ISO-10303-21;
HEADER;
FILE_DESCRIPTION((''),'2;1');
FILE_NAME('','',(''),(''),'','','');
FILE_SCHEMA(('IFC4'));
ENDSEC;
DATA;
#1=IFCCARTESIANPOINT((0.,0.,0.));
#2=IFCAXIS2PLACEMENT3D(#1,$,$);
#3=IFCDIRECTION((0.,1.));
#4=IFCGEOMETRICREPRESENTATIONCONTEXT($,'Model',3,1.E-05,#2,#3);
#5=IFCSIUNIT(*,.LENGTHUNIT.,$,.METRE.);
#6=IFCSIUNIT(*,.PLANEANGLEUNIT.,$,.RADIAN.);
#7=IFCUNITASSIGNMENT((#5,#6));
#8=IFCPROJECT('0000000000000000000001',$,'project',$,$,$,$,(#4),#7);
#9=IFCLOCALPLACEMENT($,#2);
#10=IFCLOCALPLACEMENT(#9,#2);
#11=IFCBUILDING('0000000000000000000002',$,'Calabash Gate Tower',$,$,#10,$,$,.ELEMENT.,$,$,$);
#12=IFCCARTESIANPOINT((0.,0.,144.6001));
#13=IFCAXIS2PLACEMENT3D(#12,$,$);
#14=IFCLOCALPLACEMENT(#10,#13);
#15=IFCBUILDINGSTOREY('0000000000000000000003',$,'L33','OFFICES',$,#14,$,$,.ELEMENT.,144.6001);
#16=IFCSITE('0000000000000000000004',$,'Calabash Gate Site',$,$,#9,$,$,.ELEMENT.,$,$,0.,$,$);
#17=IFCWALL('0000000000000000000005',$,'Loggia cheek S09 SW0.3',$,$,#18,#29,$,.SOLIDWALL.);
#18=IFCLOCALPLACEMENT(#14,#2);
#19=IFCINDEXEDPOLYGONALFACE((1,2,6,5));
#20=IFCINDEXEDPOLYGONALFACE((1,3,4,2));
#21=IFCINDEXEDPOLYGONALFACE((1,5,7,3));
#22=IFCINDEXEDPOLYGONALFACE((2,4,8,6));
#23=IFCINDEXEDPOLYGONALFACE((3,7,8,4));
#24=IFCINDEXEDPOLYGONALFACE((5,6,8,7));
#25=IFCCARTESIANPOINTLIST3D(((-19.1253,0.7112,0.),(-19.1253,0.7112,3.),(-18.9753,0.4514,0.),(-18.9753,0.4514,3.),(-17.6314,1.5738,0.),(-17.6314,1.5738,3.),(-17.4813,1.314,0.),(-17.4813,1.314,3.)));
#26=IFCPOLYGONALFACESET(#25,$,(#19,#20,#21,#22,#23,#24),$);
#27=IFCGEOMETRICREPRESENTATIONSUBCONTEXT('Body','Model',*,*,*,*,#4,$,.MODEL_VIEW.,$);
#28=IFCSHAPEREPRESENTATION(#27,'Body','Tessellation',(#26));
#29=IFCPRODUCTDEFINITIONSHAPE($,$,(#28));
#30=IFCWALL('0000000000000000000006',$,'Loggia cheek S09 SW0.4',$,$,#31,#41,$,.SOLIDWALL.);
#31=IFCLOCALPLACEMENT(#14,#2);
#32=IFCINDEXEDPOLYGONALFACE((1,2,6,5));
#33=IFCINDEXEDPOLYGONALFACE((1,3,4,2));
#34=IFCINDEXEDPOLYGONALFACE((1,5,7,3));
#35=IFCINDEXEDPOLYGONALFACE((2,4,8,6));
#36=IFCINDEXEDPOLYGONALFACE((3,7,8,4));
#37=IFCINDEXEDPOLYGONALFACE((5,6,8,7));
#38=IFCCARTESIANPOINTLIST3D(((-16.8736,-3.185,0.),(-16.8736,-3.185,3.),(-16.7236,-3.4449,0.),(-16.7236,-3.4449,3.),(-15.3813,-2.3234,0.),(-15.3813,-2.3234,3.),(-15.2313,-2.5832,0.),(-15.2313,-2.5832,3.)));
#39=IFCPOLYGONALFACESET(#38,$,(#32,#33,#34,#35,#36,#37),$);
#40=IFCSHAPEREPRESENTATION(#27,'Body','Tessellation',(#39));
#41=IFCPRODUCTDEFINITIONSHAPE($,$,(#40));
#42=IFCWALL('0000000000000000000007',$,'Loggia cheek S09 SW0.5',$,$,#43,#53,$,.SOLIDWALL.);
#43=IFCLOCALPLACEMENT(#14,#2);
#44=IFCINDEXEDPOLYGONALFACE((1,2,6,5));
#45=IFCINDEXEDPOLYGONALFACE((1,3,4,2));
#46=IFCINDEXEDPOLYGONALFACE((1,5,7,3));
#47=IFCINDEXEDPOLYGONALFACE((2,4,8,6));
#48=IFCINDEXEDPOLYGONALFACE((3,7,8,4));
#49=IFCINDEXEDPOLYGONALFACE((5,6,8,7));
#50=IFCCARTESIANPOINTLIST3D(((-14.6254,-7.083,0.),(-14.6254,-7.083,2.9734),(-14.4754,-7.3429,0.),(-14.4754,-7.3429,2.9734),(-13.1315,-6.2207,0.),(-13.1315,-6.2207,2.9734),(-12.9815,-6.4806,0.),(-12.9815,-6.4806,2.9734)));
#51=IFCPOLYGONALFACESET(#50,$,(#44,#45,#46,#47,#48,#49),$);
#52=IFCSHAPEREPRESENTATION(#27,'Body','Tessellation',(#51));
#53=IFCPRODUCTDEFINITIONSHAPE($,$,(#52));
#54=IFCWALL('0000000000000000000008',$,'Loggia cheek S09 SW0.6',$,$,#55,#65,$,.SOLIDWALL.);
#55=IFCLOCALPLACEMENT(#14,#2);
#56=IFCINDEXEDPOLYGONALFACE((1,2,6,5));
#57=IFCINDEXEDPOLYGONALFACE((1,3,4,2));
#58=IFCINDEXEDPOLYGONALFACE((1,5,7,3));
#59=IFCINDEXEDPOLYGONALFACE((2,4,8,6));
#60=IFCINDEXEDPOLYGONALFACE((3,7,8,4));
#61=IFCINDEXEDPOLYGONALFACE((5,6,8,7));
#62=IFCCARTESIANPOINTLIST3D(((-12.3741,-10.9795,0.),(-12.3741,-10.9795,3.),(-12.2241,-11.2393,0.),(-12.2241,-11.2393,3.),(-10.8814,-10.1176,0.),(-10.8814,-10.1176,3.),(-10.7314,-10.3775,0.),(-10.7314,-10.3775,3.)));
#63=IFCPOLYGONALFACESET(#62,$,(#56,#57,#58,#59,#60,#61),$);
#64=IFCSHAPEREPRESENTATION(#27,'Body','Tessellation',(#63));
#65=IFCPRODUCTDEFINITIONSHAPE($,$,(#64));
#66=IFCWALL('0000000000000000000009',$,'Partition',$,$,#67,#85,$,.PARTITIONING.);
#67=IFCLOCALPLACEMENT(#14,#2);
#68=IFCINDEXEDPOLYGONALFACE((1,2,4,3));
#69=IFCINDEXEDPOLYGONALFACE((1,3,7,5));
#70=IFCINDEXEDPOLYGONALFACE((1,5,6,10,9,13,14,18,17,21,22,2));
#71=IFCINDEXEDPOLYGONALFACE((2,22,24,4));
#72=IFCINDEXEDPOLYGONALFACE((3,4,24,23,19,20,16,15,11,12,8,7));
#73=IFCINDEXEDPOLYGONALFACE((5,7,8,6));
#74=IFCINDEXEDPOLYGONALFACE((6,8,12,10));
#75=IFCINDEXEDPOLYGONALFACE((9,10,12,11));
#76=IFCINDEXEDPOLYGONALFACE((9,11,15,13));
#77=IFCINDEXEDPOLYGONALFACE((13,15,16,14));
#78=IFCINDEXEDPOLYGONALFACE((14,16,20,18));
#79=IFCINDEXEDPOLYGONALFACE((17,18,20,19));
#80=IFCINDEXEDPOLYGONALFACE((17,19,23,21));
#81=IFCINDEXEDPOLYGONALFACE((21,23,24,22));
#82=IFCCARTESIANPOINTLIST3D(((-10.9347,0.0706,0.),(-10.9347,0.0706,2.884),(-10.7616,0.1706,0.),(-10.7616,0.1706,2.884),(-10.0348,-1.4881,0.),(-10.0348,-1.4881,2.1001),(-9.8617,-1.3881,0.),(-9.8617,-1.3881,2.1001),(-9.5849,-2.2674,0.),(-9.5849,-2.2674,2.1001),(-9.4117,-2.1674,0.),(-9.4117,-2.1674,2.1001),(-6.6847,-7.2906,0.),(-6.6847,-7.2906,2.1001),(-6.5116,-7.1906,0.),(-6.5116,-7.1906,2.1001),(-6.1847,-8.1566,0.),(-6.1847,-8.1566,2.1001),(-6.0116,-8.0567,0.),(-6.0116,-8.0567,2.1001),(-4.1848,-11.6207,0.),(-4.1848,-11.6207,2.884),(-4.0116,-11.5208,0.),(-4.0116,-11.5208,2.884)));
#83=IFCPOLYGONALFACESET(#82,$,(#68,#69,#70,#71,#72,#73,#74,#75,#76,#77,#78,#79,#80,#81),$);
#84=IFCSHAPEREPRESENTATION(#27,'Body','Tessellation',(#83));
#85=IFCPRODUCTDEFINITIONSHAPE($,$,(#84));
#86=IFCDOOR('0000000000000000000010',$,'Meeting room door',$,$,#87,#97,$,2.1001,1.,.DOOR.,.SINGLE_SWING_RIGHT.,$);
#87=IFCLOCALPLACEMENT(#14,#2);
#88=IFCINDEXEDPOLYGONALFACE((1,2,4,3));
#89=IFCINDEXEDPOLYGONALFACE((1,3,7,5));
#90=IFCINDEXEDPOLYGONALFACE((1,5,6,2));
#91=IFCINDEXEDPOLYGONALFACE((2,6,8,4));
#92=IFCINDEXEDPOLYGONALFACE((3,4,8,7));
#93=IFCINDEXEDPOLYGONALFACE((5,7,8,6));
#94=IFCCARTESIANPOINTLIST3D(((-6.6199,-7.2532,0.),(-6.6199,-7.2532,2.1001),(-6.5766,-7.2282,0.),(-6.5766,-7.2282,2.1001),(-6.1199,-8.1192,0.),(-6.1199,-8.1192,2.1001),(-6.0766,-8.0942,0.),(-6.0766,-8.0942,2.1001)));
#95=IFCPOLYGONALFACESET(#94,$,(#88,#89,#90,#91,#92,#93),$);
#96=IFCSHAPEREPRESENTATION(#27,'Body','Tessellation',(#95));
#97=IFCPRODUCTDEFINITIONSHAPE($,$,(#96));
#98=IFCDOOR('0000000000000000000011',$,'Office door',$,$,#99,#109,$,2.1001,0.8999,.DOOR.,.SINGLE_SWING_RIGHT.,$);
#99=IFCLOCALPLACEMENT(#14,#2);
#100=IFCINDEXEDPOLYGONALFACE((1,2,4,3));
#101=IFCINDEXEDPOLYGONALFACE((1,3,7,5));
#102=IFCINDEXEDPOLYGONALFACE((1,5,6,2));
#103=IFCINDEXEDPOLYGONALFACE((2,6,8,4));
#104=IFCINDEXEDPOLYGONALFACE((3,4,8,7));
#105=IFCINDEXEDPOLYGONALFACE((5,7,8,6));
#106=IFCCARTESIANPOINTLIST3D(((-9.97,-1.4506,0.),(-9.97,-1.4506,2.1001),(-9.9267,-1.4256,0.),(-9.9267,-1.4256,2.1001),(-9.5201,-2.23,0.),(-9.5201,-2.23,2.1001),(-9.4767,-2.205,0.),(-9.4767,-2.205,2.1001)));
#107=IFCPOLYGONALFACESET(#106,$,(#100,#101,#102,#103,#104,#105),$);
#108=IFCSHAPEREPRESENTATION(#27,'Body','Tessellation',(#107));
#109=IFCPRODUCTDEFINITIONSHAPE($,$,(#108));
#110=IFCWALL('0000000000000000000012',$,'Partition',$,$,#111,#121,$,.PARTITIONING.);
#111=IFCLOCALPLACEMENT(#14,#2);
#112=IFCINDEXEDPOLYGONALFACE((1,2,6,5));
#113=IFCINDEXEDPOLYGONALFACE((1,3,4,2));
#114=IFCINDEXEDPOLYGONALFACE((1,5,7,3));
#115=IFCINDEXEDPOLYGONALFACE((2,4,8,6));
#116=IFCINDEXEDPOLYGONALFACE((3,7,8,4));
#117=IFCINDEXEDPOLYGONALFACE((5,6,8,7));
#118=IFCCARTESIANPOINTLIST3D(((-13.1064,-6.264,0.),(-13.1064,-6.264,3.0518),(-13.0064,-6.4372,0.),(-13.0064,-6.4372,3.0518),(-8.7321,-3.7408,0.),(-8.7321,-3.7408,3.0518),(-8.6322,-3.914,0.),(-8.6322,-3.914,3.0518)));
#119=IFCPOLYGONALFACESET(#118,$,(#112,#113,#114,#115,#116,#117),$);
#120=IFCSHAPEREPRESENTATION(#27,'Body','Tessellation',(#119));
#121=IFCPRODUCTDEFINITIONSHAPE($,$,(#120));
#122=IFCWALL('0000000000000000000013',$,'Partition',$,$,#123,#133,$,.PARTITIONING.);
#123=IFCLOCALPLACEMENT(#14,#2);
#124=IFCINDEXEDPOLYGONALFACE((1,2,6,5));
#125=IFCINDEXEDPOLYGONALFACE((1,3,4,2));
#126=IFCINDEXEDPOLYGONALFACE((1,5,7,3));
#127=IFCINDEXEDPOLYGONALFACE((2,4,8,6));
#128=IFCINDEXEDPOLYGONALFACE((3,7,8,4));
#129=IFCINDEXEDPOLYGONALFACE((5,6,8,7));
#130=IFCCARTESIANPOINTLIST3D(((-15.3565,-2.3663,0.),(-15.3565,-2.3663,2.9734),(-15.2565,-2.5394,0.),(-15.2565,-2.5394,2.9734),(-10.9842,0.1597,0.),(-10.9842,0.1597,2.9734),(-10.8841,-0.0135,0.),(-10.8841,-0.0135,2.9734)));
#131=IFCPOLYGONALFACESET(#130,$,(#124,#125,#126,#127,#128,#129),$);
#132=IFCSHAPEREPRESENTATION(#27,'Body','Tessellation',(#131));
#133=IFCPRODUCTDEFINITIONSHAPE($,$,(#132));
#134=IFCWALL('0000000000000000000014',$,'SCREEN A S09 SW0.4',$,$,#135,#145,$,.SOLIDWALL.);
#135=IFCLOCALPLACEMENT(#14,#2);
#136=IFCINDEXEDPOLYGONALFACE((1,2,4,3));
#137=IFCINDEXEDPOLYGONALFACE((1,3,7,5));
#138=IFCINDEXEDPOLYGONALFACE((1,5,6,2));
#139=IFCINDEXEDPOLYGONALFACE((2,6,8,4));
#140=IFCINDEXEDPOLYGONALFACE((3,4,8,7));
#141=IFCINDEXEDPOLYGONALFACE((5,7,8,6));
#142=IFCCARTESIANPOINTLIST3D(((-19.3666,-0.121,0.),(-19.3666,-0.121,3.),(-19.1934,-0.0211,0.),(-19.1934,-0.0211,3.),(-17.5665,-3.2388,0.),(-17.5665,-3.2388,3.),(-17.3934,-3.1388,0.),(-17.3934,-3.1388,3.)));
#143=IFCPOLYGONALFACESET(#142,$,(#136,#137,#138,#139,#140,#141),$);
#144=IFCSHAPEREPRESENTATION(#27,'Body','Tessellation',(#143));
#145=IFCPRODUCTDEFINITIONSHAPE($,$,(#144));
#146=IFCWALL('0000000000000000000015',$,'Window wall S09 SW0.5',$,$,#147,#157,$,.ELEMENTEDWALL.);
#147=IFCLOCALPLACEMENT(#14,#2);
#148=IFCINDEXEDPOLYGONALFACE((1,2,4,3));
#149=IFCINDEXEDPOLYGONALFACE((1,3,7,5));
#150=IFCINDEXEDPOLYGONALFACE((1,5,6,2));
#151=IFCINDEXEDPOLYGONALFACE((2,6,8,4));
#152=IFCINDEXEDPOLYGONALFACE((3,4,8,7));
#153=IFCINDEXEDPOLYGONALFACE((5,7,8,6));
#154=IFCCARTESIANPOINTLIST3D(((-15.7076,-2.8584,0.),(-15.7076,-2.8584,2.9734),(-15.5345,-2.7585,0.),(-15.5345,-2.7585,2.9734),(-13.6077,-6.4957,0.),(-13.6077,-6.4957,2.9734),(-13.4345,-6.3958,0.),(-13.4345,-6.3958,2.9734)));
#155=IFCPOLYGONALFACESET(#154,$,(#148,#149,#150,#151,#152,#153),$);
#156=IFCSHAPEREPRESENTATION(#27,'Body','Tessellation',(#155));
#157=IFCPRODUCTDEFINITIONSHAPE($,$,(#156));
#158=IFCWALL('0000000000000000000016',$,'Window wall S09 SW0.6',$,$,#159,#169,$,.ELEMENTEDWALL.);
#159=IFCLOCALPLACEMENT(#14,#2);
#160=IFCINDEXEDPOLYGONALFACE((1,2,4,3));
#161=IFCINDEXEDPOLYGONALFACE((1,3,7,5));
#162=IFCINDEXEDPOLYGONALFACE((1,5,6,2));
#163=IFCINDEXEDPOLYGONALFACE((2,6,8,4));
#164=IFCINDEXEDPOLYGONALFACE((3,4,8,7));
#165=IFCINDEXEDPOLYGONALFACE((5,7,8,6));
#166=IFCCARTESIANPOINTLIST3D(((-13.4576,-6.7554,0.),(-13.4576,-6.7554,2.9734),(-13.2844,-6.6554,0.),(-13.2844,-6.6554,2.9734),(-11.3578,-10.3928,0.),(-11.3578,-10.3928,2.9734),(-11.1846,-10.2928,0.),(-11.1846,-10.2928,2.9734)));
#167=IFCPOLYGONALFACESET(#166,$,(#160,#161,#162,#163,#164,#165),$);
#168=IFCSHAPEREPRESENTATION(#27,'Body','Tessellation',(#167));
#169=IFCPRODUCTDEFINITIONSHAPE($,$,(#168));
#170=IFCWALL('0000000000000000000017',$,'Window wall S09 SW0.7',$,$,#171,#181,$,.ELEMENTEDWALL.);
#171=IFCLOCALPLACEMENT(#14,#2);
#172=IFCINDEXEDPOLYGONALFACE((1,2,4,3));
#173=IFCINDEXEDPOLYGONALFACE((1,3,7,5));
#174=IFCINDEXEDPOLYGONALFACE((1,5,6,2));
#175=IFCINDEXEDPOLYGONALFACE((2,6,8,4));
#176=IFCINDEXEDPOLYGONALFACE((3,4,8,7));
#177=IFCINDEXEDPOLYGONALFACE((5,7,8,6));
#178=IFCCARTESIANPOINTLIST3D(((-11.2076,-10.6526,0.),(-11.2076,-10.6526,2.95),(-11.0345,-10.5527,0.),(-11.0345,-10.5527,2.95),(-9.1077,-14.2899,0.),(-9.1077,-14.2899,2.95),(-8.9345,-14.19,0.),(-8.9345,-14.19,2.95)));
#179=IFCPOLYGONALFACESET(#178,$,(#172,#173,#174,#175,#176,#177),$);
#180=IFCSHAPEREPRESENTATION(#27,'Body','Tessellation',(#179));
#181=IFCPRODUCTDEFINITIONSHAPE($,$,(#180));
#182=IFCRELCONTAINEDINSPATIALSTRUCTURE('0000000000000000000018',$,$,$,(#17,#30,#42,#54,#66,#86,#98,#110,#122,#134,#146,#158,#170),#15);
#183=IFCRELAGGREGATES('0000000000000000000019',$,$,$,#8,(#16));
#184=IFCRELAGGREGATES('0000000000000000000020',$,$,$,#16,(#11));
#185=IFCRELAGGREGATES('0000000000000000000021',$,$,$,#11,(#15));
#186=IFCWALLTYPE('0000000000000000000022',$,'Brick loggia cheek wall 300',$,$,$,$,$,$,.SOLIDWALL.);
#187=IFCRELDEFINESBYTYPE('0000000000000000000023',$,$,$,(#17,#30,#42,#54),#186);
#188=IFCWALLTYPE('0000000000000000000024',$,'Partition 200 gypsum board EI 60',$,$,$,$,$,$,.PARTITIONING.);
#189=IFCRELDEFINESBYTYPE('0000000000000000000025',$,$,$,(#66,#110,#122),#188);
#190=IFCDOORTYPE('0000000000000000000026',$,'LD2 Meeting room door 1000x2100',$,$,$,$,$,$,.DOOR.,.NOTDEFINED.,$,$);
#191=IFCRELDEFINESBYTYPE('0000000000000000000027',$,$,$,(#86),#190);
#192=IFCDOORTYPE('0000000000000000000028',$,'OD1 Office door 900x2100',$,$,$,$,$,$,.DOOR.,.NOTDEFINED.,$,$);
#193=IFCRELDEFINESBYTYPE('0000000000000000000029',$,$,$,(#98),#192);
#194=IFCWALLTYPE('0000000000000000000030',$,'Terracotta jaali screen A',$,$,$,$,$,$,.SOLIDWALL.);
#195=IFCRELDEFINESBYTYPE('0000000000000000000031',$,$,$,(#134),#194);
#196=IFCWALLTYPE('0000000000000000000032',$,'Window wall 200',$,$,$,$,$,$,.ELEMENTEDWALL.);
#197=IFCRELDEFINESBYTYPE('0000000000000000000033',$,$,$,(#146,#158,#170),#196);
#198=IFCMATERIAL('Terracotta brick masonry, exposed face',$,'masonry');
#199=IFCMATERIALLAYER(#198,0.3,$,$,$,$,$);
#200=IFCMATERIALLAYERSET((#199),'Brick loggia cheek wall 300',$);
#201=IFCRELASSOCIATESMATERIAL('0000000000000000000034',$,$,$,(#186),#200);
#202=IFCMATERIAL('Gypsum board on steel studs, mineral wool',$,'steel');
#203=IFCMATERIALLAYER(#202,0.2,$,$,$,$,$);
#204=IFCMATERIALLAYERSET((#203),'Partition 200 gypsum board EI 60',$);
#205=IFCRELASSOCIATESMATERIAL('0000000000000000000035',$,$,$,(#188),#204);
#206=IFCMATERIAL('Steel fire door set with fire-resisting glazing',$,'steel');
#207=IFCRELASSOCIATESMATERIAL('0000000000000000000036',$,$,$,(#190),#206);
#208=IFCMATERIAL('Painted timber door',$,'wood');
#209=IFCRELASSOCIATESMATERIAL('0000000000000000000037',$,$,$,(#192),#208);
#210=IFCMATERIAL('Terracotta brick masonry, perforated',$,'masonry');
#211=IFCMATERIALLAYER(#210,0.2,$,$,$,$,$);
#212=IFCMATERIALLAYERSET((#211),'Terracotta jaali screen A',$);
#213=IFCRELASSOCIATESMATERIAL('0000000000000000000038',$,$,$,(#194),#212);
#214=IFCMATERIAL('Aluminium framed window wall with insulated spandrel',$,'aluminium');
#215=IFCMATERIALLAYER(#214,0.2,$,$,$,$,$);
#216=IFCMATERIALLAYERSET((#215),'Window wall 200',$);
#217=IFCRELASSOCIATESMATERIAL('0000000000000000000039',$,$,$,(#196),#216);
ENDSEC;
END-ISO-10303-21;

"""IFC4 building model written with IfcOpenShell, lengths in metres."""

from ifc_helpers import new_model, si_unit, direction, frame, frame_2d, origin, place, context, subcontext, project, spatial, rectangle, extrude, material, layer, layer_set, type_object, element, fill, save


model = new_model("IFC4")

# Units and contexts
model_context = context("Model", 3, precision=1e-05, world=origin(), true_north=direction((0.0, 1.0)))
body_context = subcontext(model_context, "Body", "Model", "MODEL_VIEW")
ifc_project = project(units=[si_unit("LENGTHUNIT", "METRE"), si_unit("PLANEANGLEUNIT", "RADIAN")], contexts=[model_context])

# Site, building, storey
site_placement = place(None, origin())
site = spatial("IfcSite", under=ifc_project, at=site_placement, Name="Calabash Gate Site", CompositionType="ELEMENT", RefElevation=0.0)
building_placement = place(site_placement, origin())
building = spatial("IfcBuilding", under=site, at=building_placement, Name="Calabash Gate Tower", CompositionType="ELEMENT")
storey_placement = place(building_placement, frame((0.0, 0.0, 144.6001)))
storey = spatial("IfcBuildingStorey", under=building, at=storey_placement, Name="L33", Description="OFFICES", CompositionType="ELEMENT", Elevation=144.6001)

# Walls
ifc_material_1 = material(Name="Terracotta brick masonry, exposed face", Category="masonry")
ifc_layer_1 = layer(ifc_material_1, 0.3)
ifc_layer_set_1 = layer_set([ifc_layer_1], Name="Brick loggia cheek wall 300")
wall_type_1 = type_object("IfcWallType", Name="Brick loggia cheek wall 300", PredefinedType="SOLIDWALL", material=ifc_layer_set_1)
wall_1_placement = place(storey_placement, frame((-19.0503, 0.5813, 0.0), z_axis=(0.0, 0.0, 1.0), x_axis=(0.866014, 0.500021, 0.0)))
element("IfcWall", 1, at=wall_1_placement, inside=storey, type_object=wall_type_1, Name="Loggia cheek S09 SW0.3", PredefinedType="SOLIDWALL", context=body_context, shape_type="SweptSolid", body=[
    extrude(rectangle(XDim=1.7251, YDim=0.3, at=frame_2d((0.8625, 0.0))), origin(), (0.0, 0.0, 1.0), 3.0),
])
wall_2_placement = place(storey_placement, frame((-16.7986, -3.3149, 0.0), z_axis=(0.0, 0.0, 1.0), x_axis=(0.866011, 0.500025, 0.0)))
element("IfcWall", 2, at=wall_2_placement, inside=storey, type_object=wall_type_1, Name="Loggia cheek S09 SW0.4", PredefinedType="SOLIDWALL", context=body_context, shape_type="SweptSolid", body=[
    extrude(rectangle(XDim=1.7231, YDim=0.3, at=frame_2d((0.8616, 0.0))), origin(), (0.0, 0.0, 1.0), 3.0),
])
wall_3_placement = place(storey_placement, frame((-14.5503, -7.2129, 0.0), z_axis=(0.0, 0.0, 1.0), x_axis=(0.866075, 0.499914, 0.0)))
element("IfcWall", 3, at=wall_3_placement, inside=storey, type_object=wall_type_1, Name="Loggia cheek S09 SW0.5", PredefinedType="SOLIDWALL", context=body_context, shape_type="SweptSolid", body=[
    extrude(rectangle(XDim=1.7249, YDim=0.3, at=frame_2d((0.8623, 0.0))), origin(), (0.0, 0.0, 1.0), 2.9734),
])
wall_4_placement = place(storey_placement, frame((-10.8064, -10.2476, 0.0), z_axis=(0.0, 0.0, 1.0), x_axis=(-0.86602, -0.500009, 0.0)))
element("IfcWall", 4, at=wall_4_placement, inside=storey, type_object=wall_type_1, Name="Loggia cheek S09 SW0.6", PredefinedType="SOLIDWALL", context=body_context, shape_type="SweptSolid", body=[
    extrude(rectangle(XDim=1.7236, YDim=0.3, at=frame_2d((0.8618, 0.0))), origin(), (0.0, 0.0, 1.0), 3.0),
])

# Wall, openings, doors
ifc_material_2 = material(Name="Gypsum board on steel studs, mineral wool", Category="steel")
ifc_layer_2 = layer(ifc_material_2, 0.2)
ifc_layer_set_2 = layer_set([ifc_layer_2], Name="Partition 200 gypsum board EI 60")
wall_type_2 = type_object("IfcWallType", Name="Partition 200 gypsum board EI 60", PredefinedType="PARTITIONING", material=ifc_layer_set_2)
wall_5_placement = place(storey_placement, frame((-10.8481, 0.1206, 0.0), z_axis=(0.0, 0.0, 1.0), x_axis=(0.499998, -0.866027, 0.0)))
wall_5 = element("IfcWall", 5, at=wall_5_placement, inside=storey, type_object=wall_type_2, Name="Partition", PredefinedType="PARTITIONING", context=body_context, shape_type="SweptSolid", body=[
    extrude(rectangle(XDim=13.5, YDim=0.2, at=frame_2d((6.75, 0.0))), origin(), (0.0, 0.0, 1.0), 2.884),
])
opening_1_placement = place(wall_5_placement, frame((1.7998, 0.0, 0.0)))
opening_1 = element("IfcOpeningElement", 6, at=opening_1_placement, cuts=wall_5, PredefinedType="OPENING", context=body_context, shape_type="SweptSolid", body=[
    extrude(rectangle(XDim=0.8999, YDim=2.1001, at=frame_2d((0.45, 1.05))), frame((0.0, 0.1099, 0.0), z_axis=(0.0, -1.0, 0.0), x_axis=(1.0, 0.0, 0.0)), (0.0, 0.0, 1.0), 0.22),
])
opening_2_placement = place(wall_5_placement, frame((8.5, 0.0, 0.0)))
opening_2 = element("IfcOpeningElement", 7, at=opening_2_placement, cuts=wall_5, PredefinedType="OPENING", context=body_context, shape_type="SweptSolid", body=[
    extrude(rectangle(XDim=1.0, YDim=2.1001, at=frame_2d((0.5, 1.05))), frame((0.0, 0.1099, 0.0), z_axis=(0.0, -1.0, 0.0), x_axis=(1.0, 0.0, 0.0)), (0.0, 0.0, 1.0), 0.22),
])
ifc_material_3 = material(Name="Steel fire door set with fire-resisting glazing", Category="steel")
door_type_1 = type_object("IfcDoorType", Name="LD2 Meeting room door 1000x2100", OperationType="NOTDEFINED", PredefinedType="DOOR", material=ifc_material_3)
door_1_placement = place(opening_2_placement, origin())
door_1 = element("IfcDoor", 8, at=door_1_placement, inside=storey, type_object=door_type_1, Name="Meeting room door", OperationType="SINGLE_SWING_RIGHT", OverallHeight=2.1001, OverallWidth=1.0, PredefinedType="DOOR", context=body_context, shape_type="SweptSolid", body=[
    extrude(rectangle(XDim=1.0, YDim=2.1001, at=frame_2d((0.5, 1.05))), frame((0.0, 0.0249, 0.0), z_axis=(0.0, -1.0, 0.0), x_axis=(1.0, 0.0, 0.0)), (0.0, 0.0, 1.0), 0.05),
])
fill(opening_2, door_1)
ifc_material_4 = material(Name="Painted timber door", Category="wood")
door_type_2 = type_object("IfcDoorType", Name="OD1 Office door 900x2100", OperationType="NOTDEFINED", PredefinedType="DOOR", material=ifc_material_4)
door_2_placement = place(opening_1_placement, origin())
door_2 = element("IfcDoor", 9, at=door_2_placement, inside=storey, type_object=door_type_2, Name="Office door", OperationType="SINGLE_SWING_RIGHT", OverallHeight=2.1001, OverallWidth=0.8999, PredefinedType="DOOR", context=body_context, shape_type="SweptSolid", body=[
    extrude(rectangle(XDim=0.8999, YDim=2.1001, at=frame_2d((0.45, 1.05))), frame((0.0, 0.0249, 0.0), z_axis=(0.0, -1.0, 0.0), x_axis=(1.0, 0.0, 0.0)), (0.0, 0.0, 1.0), 0.05),
])
fill(opening_1, door_2)

# Walls
wall_6_placement = place(storey_placement, frame((-13.0564, -6.3506, 0.0), z_axis=(0.0, 0.0, 1.0), x_axis=(0.866222, 0.49966, 0.0)))
element("IfcWall", 10, at=wall_6_placement, inside=storey, type_object=wall_type_2, Name="Partition", PredefinedType="PARTITIONING", context=body_context, shape_type="SweptSolid", body=[
    extrude(rectangle(XDim=5.0498, YDim=0.2, at=frame_2d((2.5249, 0.0))), origin(), (0.0, 0.0, 1.0), 3.0518),
])
wall_7_placement = place(storey_placement, frame((-15.3066, -2.4529, 0.0), z_axis=(0.0, 0.0, 1.0), x_axis=(0.865895, 0.500226, 0.0)))
element("IfcWall", 11, at=wall_7_placement, inside=storey, type_object=wall_type_2, Name="Partition", PredefinedType="PARTITIONING", context=body_context, shape_type="SweptSolid", body=[
    extrude(rectangle(XDim=5.0496, YDim=0.2, at=frame_2d((2.5249, 0.0))), origin(), (0.0, 0.0, 1.0), 2.9734),
])
ifc_material_5 = material(Name="Terracotta brick masonry, perforated", Category="masonry")
ifc_layer_3 = layer(ifc_material_5, 0.2)
ifc_layer_set_3 = layer_set([ifc_layer_3], Name="Terracotta jaali screen A")
wall_type_3 = type_object("IfcWallType", Name="Terracotta jaali screen A", PredefinedType="SOLIDWALL", material=ifc_layer_set_3)
wall_8_placement = place(storey_placement, frame((-19.28, -0.071, 0.0), z_axis=(0.0, 0.0, 1.0), x_axis=(0.500012, -0.866018, 0.0)))
element("IfcWall", 12, at=wall_8_placement, inside=storey, type_object=wall_type_3, Name="SCREEN A S09 SW0.4", PredefinedType="SOLIDWALL", context=body_context, shape_type="SweptSolid", body=[
    extrude(rectangle(XDim=3.6001, YDim=0.2, at=frame_2d((1.8, 0.0))), origin(), (0.0, 0.0, 1.0), 3.0),
])
ifc_material_6 = material(Name="Aluminium framed window wall with insulated spandrel", Category="aluminium")
ifc_layer_4 = layer(ifc_material_6, 0.2)
ifc_layer_set_4 = layer_set([ifc_layer_4], Name="Window wall 200")
wall_type_4 = type_object("IfcWallType", Name="Window wall 200", PredefinedType="ELEMENTEDWALL", material=ifc_layer_set_4)
for number, where, z_axis, x_axis, name in (
    (13, (-15.6211, -2.8083, 0.0), (0.0, 0.0, 1.0), (0.499984, -0.866035, 0.0), "Window wall S09 SW0.5"),
    (14, (-13.3711, -6.7053, 0.0), (0.0, 0.0, 1.0), (0.499959, -0.866049, 0.0), "Window wall S09 SW0.6"),
):
    element("IfcWall", number, at=place(storey_placement, frame(where, z_axis=z_axis, x_axis=x_axis)), inside=storey, type_object=wall_type_4, Name=name, PredefinedType="ELEMENTEDWALL", context=body_context, shape_type="SweptSolid", body=[
        extrude(rectangle(XDim=4.2, YDim=0.2, at=frame_2d((2.1001, 0.0))), origin(), (0.0, 0.0, 1.0), 2.9734),
    ])
wall_9_placement = place(storey_placement, frame((-11.1211, -10.6025, 0.0), z_axis=(0.0, 0.0, 1.0), x_axis=(0.499984, -0.866035, 0.0)))
element("IfcWall", 15, at=wall_9_placement, inside=storey, type_object=wall_type_4, Name="Window wall S09 SW0.7", PredefinedType="ELEMENTEDWALL", context=body_context, shape_type="SweptSolid", body=[
    extrude(rectangle(XDim=4.2, YDim=0.2, at=frame_2d((2.1001, 0.0))), origin(), (0.0, 0.0, 1.0), 2.95),
])

save(model, "model.ifc")
